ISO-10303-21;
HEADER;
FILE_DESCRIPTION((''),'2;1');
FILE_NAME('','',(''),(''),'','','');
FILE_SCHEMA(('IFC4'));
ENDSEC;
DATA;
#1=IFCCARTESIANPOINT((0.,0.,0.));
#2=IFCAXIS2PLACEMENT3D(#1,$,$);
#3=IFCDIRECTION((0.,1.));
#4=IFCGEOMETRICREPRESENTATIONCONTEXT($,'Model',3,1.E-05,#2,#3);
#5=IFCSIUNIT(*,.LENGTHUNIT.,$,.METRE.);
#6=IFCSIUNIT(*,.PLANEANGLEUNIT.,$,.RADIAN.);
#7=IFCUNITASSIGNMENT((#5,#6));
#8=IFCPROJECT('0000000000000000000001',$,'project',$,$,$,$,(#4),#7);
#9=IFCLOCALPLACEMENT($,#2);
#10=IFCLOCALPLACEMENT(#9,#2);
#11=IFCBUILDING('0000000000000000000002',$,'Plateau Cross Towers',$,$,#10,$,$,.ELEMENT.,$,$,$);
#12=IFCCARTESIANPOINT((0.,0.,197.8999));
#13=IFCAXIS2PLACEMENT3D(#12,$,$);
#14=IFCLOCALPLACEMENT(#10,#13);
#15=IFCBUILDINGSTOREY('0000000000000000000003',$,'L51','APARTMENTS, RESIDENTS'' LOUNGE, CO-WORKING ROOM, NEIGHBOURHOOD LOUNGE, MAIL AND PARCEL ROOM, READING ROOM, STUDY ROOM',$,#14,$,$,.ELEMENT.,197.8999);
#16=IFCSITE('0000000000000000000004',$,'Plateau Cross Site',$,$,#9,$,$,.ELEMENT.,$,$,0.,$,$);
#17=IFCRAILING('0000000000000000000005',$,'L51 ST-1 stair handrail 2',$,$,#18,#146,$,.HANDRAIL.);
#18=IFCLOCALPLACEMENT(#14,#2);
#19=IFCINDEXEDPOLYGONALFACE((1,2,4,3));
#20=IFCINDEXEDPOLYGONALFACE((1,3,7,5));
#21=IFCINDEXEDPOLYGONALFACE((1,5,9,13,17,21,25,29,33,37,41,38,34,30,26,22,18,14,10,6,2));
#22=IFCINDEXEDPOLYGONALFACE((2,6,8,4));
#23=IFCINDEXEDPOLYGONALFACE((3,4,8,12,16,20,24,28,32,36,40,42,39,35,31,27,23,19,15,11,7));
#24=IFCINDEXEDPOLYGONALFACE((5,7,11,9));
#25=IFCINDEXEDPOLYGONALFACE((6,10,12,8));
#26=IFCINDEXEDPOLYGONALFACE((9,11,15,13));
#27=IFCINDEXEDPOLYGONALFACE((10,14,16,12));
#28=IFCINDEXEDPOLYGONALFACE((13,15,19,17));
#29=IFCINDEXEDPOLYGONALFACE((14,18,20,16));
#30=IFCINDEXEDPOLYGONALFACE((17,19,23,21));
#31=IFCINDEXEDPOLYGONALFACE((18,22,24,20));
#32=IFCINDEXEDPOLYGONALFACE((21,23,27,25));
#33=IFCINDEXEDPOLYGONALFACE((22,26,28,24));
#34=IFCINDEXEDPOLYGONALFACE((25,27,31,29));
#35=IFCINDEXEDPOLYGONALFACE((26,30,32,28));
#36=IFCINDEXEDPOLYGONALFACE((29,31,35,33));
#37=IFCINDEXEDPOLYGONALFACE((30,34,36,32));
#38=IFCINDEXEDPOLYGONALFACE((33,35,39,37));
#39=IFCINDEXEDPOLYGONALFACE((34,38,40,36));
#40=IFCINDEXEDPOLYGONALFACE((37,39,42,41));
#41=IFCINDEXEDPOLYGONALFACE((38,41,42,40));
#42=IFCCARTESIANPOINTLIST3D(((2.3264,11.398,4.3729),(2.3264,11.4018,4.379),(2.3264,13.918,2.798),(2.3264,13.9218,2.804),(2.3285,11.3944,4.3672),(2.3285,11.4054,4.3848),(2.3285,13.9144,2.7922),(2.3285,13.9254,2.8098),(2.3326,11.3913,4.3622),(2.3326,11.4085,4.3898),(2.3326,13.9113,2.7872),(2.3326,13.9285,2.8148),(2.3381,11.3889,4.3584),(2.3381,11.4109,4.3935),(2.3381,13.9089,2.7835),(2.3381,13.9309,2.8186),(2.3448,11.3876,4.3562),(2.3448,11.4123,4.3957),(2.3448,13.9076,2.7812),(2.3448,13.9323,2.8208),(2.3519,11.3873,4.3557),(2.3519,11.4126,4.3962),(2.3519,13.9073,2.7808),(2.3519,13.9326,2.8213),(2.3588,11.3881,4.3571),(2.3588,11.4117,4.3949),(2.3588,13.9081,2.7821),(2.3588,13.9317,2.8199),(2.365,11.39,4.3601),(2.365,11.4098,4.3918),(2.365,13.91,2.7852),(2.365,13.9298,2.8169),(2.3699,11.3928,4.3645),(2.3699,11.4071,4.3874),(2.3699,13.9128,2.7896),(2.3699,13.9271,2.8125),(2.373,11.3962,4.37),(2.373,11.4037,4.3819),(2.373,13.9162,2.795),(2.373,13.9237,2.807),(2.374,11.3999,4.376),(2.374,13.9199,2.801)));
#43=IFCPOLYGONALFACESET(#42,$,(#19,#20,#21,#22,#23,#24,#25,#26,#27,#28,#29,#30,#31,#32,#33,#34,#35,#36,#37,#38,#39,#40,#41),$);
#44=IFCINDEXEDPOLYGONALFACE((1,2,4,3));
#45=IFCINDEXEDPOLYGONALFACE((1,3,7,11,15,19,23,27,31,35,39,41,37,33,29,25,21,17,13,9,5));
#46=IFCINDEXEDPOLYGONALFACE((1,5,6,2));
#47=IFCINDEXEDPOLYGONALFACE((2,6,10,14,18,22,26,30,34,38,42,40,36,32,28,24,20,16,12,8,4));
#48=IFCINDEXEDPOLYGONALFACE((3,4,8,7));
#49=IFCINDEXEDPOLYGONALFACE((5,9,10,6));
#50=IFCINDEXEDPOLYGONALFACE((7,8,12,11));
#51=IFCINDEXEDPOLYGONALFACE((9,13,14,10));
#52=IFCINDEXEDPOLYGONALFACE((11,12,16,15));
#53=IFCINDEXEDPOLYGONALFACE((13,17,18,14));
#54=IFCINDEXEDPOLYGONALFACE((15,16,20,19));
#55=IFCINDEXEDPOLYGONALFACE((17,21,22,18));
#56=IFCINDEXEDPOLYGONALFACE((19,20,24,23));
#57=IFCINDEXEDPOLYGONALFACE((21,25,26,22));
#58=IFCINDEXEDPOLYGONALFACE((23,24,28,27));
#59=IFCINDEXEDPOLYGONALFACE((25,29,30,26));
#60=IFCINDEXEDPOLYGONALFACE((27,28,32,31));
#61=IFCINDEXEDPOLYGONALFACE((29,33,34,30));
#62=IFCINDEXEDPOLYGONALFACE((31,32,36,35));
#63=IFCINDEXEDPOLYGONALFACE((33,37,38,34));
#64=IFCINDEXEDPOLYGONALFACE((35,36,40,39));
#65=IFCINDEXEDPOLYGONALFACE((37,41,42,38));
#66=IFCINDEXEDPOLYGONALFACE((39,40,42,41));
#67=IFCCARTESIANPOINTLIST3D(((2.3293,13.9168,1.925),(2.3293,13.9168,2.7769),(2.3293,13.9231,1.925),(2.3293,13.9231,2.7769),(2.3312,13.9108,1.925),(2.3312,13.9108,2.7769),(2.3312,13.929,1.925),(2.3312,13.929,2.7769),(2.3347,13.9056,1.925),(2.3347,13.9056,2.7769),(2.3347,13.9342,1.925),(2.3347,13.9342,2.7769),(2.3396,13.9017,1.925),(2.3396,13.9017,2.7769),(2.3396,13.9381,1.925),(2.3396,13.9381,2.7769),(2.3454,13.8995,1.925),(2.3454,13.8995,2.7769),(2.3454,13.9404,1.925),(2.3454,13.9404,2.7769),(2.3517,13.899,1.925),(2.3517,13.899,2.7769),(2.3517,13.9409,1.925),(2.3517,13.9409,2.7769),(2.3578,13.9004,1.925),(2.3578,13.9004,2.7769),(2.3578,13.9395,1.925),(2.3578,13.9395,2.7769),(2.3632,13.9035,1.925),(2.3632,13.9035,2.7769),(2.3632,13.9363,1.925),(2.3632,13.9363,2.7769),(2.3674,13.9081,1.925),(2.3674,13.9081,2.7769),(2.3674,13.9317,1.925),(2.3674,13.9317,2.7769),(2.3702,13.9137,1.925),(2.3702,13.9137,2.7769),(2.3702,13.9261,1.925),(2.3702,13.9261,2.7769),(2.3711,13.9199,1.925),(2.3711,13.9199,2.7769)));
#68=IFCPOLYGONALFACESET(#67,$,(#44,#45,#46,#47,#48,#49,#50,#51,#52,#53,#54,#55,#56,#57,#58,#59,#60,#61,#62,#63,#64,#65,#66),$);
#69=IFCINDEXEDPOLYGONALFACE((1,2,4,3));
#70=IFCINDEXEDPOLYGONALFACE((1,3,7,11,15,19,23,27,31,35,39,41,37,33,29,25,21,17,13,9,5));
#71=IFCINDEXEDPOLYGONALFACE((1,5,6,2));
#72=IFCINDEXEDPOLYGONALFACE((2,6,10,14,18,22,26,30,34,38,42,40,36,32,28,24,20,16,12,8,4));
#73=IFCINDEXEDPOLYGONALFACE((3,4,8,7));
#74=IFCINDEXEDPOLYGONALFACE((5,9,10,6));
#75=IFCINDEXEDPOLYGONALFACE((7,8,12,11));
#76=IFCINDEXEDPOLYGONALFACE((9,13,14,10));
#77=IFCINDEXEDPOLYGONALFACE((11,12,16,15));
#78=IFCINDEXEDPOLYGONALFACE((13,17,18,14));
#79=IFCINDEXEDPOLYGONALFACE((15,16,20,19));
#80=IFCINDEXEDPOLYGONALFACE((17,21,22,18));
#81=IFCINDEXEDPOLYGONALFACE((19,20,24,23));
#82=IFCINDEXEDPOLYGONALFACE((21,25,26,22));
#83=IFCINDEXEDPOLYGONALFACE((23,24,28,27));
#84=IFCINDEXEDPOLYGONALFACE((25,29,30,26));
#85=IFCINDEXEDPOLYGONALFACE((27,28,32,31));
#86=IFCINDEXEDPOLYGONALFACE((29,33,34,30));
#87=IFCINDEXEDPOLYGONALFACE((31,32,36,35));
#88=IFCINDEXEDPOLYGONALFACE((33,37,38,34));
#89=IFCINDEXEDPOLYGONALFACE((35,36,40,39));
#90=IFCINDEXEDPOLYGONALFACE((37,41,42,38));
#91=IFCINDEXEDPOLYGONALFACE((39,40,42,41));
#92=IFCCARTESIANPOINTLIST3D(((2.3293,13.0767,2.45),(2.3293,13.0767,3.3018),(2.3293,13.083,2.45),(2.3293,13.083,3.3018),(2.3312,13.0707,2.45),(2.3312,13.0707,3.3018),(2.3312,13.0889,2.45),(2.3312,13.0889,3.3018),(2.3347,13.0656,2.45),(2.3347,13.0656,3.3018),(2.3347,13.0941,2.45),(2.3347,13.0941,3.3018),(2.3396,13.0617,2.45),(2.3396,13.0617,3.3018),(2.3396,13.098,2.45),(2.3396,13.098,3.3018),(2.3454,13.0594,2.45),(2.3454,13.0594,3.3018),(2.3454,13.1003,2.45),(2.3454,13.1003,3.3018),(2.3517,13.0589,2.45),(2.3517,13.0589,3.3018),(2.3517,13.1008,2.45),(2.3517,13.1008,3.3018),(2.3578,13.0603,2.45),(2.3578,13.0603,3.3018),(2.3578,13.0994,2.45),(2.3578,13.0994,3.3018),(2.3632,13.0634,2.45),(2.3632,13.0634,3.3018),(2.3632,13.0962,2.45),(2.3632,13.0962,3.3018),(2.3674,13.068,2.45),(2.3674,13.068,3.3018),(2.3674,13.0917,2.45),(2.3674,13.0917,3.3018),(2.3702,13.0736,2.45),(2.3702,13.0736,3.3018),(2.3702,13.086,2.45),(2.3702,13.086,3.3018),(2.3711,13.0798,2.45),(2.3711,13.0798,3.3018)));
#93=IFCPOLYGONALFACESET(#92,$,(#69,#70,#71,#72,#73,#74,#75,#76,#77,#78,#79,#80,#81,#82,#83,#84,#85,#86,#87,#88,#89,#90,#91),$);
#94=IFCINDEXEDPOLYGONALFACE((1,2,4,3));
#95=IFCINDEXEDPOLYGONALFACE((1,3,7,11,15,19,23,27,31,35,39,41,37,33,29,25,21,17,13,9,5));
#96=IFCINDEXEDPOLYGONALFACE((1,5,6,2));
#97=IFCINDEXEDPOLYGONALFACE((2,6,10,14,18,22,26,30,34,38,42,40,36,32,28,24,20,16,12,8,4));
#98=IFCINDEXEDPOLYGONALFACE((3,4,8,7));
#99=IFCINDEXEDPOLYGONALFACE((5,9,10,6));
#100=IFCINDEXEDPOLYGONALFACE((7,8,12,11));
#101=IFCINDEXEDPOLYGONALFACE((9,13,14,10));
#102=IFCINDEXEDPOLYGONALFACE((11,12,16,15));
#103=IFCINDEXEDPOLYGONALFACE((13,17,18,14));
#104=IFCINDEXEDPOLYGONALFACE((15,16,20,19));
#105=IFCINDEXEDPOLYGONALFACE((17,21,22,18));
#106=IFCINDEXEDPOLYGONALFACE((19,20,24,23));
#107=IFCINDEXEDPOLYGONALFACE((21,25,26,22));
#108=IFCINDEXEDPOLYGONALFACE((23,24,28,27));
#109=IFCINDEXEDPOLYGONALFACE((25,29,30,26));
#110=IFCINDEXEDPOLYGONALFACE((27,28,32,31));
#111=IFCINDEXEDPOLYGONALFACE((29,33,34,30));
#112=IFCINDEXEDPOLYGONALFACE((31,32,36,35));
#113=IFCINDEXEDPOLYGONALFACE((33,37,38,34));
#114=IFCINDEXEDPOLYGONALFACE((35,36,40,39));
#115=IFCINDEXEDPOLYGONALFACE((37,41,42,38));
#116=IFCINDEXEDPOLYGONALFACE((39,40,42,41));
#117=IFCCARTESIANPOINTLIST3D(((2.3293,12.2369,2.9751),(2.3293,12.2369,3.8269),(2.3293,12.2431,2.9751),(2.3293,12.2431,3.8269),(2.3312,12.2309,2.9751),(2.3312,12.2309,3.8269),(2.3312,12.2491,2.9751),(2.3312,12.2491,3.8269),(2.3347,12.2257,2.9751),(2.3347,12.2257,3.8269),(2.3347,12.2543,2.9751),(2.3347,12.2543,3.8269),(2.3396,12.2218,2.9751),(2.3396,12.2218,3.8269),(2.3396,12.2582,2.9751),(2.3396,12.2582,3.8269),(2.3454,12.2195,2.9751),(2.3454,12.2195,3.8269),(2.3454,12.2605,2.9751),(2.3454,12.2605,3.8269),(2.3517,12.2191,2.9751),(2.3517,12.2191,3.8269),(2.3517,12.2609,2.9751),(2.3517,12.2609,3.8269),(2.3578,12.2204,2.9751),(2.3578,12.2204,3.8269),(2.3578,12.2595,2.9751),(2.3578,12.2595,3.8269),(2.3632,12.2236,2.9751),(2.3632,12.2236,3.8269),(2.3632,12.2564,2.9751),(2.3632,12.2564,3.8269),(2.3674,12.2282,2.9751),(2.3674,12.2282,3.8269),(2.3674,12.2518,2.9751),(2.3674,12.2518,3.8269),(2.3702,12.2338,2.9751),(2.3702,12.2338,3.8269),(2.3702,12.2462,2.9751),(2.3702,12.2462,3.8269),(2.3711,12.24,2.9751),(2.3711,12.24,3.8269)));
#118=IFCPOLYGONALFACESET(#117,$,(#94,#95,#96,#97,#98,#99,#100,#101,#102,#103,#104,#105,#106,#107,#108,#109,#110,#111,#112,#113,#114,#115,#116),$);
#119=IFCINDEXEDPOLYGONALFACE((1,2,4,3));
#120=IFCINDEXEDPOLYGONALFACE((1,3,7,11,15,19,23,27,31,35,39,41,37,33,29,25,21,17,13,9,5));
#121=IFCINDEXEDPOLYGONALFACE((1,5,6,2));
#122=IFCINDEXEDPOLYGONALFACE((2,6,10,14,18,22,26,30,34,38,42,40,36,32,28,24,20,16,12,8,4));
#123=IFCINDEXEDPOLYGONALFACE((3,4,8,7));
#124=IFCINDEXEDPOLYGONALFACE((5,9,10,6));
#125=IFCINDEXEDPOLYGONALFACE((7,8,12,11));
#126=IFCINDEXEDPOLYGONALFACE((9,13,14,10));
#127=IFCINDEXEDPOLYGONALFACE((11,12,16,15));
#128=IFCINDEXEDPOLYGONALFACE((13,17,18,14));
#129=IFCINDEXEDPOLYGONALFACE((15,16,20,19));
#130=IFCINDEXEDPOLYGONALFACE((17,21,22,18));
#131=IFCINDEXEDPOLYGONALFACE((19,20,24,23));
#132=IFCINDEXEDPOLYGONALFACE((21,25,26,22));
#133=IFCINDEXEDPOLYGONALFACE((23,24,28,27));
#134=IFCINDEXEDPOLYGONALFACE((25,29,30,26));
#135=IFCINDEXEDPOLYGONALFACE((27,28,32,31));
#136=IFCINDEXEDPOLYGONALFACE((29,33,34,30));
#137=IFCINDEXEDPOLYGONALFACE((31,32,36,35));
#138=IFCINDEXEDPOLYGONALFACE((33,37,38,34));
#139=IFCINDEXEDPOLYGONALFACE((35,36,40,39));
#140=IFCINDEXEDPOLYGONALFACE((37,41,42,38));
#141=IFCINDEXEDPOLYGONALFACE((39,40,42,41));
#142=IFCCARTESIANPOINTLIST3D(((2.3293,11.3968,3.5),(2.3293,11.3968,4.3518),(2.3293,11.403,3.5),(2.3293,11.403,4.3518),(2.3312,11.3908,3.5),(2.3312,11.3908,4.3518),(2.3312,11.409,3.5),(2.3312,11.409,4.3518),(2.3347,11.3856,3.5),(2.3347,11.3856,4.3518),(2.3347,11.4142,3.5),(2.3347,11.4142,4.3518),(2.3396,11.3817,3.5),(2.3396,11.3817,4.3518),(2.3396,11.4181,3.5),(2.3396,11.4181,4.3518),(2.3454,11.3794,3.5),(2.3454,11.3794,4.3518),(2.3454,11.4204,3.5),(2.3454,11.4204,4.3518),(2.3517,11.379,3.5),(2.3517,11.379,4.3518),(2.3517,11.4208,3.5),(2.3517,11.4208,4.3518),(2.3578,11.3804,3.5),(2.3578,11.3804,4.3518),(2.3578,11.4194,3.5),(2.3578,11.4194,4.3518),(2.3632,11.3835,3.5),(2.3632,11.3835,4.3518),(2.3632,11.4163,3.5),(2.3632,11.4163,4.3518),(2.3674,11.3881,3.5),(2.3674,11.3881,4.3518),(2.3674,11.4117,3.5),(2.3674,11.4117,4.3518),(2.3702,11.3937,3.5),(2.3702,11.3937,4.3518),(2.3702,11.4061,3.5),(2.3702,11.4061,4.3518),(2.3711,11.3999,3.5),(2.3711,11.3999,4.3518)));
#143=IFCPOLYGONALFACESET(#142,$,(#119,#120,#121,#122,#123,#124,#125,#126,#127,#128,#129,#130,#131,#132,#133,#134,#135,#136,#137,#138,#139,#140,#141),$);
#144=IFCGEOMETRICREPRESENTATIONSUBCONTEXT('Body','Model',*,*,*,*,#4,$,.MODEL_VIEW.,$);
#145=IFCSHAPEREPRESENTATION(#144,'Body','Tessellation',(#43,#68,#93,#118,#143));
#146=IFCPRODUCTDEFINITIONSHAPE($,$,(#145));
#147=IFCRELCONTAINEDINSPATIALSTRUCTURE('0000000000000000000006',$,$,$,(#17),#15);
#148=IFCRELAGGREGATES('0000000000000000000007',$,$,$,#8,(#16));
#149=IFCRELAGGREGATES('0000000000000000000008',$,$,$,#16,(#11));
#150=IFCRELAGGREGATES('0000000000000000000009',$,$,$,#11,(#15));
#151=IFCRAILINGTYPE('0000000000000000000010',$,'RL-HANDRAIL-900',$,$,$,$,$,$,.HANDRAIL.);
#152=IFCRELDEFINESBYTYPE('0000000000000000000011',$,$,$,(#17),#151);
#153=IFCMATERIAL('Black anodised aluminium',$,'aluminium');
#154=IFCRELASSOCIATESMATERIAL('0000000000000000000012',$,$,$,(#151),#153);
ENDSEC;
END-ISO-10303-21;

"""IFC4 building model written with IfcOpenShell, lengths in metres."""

from ifc_helpers import new_model, si_unit, direction, frame, origin, origin_2d, place, context, subcontext, project, spatial, circle, extrude, material, type_object, element, save


model = new_model("IFC4")

# Units and contexts
model_context = context("Model", 3, precision=1e-05, world=origin(), true_north=direction((0.0, 1.0)))
body_context = subcontext(model_context, "Body", "Model", "MODEL_VIEW")
ifc_project = project(units=[si_unit("LENGTHUNIT", "METRE"), si_unit("PLANEANGLEUNIT", "RADIAN")], contexts=[model_context])

# Site, building, storey
site_placement = place(None, origin())
site = spatial("IfcSite", under=ifc_project, at=site_placement, Name="Plateau Cross Site", CompositionType="ELEMENT", RefElevation=0.0)
building_placement = place(site_placement, origin())
building = spatial("IfcBuilding", under=site, at=building_placement, Name="Plateau Cross Towers", CompositionType="ELEMENT")
storey_placement = place(building_placement, frame((0.0, 0.0, 197.8999)))
storey = spatial("IfcBuildingStorey", under=building, at=storey_placement, Name="L51", Description="APARTMENTS, RESIDENTS' LOUNGE, CO-WORKING ROOM, NEIGHBOURHOOD LOUNGE, MAIL AND PARCEL ROOM, READING ROOM, STUDY ROOM", CompositionType="ELEMENT", Elevation=197.8999)

# Shared definitions
ifc_material_1 = material(Name="Black anodised aluminium", Category="aluminium")

# Railing
railing_type_1 = type_object("IfcRailingType", Name="RL-HANDRAIL-900", PredefinedType="HANDRAIL", material=ifc_material_1)
railing_1_placement = place(storey_placement, frame((2.3501, 13.9199, 1.925)))
element("IfcRailing", 1, at=railing_1_placement, inside=storey, type_object=railing_type_1, Name="L51 ST-1 stair handrail 2", PredefinedType="HANDRAIL", context=body_context, shape_type="SweptSolid", body=[
    extrude(circle(Radius=0.0239, at=origin_2d()), frame((0.0, 0.0, 0.876), z_axis=(0.0, -0.848008, 0.529984), x_axis=(1.0, 0.0, 0.0)), (0.0, 0.0, 1.0), 2.9717),
    extrude(circle(Radius=0.021, at=origin_2d()), origin(), (0.0, 0.0, 1.0), 0.8518),
    extrude(circle(Radius=0.021, at=origin_2d()), frame((0.0, -0.8401, 0.5249)), (0.0, 0.0, 1.0), 0.8518),
    extrude(circle(Radius=0.021, at=origin_2d()), frame((0.0, -1.6799, 1.05)), (0.0, 0.0, 1.0), 0.8518),
    extrude(circle(Radius=0.021, at=origin_2d()), frame((0.0, -2.52, 1.575)), (0.0, 0.0, 1.0), 0.8518),
])

save(model, "model.ifc")
